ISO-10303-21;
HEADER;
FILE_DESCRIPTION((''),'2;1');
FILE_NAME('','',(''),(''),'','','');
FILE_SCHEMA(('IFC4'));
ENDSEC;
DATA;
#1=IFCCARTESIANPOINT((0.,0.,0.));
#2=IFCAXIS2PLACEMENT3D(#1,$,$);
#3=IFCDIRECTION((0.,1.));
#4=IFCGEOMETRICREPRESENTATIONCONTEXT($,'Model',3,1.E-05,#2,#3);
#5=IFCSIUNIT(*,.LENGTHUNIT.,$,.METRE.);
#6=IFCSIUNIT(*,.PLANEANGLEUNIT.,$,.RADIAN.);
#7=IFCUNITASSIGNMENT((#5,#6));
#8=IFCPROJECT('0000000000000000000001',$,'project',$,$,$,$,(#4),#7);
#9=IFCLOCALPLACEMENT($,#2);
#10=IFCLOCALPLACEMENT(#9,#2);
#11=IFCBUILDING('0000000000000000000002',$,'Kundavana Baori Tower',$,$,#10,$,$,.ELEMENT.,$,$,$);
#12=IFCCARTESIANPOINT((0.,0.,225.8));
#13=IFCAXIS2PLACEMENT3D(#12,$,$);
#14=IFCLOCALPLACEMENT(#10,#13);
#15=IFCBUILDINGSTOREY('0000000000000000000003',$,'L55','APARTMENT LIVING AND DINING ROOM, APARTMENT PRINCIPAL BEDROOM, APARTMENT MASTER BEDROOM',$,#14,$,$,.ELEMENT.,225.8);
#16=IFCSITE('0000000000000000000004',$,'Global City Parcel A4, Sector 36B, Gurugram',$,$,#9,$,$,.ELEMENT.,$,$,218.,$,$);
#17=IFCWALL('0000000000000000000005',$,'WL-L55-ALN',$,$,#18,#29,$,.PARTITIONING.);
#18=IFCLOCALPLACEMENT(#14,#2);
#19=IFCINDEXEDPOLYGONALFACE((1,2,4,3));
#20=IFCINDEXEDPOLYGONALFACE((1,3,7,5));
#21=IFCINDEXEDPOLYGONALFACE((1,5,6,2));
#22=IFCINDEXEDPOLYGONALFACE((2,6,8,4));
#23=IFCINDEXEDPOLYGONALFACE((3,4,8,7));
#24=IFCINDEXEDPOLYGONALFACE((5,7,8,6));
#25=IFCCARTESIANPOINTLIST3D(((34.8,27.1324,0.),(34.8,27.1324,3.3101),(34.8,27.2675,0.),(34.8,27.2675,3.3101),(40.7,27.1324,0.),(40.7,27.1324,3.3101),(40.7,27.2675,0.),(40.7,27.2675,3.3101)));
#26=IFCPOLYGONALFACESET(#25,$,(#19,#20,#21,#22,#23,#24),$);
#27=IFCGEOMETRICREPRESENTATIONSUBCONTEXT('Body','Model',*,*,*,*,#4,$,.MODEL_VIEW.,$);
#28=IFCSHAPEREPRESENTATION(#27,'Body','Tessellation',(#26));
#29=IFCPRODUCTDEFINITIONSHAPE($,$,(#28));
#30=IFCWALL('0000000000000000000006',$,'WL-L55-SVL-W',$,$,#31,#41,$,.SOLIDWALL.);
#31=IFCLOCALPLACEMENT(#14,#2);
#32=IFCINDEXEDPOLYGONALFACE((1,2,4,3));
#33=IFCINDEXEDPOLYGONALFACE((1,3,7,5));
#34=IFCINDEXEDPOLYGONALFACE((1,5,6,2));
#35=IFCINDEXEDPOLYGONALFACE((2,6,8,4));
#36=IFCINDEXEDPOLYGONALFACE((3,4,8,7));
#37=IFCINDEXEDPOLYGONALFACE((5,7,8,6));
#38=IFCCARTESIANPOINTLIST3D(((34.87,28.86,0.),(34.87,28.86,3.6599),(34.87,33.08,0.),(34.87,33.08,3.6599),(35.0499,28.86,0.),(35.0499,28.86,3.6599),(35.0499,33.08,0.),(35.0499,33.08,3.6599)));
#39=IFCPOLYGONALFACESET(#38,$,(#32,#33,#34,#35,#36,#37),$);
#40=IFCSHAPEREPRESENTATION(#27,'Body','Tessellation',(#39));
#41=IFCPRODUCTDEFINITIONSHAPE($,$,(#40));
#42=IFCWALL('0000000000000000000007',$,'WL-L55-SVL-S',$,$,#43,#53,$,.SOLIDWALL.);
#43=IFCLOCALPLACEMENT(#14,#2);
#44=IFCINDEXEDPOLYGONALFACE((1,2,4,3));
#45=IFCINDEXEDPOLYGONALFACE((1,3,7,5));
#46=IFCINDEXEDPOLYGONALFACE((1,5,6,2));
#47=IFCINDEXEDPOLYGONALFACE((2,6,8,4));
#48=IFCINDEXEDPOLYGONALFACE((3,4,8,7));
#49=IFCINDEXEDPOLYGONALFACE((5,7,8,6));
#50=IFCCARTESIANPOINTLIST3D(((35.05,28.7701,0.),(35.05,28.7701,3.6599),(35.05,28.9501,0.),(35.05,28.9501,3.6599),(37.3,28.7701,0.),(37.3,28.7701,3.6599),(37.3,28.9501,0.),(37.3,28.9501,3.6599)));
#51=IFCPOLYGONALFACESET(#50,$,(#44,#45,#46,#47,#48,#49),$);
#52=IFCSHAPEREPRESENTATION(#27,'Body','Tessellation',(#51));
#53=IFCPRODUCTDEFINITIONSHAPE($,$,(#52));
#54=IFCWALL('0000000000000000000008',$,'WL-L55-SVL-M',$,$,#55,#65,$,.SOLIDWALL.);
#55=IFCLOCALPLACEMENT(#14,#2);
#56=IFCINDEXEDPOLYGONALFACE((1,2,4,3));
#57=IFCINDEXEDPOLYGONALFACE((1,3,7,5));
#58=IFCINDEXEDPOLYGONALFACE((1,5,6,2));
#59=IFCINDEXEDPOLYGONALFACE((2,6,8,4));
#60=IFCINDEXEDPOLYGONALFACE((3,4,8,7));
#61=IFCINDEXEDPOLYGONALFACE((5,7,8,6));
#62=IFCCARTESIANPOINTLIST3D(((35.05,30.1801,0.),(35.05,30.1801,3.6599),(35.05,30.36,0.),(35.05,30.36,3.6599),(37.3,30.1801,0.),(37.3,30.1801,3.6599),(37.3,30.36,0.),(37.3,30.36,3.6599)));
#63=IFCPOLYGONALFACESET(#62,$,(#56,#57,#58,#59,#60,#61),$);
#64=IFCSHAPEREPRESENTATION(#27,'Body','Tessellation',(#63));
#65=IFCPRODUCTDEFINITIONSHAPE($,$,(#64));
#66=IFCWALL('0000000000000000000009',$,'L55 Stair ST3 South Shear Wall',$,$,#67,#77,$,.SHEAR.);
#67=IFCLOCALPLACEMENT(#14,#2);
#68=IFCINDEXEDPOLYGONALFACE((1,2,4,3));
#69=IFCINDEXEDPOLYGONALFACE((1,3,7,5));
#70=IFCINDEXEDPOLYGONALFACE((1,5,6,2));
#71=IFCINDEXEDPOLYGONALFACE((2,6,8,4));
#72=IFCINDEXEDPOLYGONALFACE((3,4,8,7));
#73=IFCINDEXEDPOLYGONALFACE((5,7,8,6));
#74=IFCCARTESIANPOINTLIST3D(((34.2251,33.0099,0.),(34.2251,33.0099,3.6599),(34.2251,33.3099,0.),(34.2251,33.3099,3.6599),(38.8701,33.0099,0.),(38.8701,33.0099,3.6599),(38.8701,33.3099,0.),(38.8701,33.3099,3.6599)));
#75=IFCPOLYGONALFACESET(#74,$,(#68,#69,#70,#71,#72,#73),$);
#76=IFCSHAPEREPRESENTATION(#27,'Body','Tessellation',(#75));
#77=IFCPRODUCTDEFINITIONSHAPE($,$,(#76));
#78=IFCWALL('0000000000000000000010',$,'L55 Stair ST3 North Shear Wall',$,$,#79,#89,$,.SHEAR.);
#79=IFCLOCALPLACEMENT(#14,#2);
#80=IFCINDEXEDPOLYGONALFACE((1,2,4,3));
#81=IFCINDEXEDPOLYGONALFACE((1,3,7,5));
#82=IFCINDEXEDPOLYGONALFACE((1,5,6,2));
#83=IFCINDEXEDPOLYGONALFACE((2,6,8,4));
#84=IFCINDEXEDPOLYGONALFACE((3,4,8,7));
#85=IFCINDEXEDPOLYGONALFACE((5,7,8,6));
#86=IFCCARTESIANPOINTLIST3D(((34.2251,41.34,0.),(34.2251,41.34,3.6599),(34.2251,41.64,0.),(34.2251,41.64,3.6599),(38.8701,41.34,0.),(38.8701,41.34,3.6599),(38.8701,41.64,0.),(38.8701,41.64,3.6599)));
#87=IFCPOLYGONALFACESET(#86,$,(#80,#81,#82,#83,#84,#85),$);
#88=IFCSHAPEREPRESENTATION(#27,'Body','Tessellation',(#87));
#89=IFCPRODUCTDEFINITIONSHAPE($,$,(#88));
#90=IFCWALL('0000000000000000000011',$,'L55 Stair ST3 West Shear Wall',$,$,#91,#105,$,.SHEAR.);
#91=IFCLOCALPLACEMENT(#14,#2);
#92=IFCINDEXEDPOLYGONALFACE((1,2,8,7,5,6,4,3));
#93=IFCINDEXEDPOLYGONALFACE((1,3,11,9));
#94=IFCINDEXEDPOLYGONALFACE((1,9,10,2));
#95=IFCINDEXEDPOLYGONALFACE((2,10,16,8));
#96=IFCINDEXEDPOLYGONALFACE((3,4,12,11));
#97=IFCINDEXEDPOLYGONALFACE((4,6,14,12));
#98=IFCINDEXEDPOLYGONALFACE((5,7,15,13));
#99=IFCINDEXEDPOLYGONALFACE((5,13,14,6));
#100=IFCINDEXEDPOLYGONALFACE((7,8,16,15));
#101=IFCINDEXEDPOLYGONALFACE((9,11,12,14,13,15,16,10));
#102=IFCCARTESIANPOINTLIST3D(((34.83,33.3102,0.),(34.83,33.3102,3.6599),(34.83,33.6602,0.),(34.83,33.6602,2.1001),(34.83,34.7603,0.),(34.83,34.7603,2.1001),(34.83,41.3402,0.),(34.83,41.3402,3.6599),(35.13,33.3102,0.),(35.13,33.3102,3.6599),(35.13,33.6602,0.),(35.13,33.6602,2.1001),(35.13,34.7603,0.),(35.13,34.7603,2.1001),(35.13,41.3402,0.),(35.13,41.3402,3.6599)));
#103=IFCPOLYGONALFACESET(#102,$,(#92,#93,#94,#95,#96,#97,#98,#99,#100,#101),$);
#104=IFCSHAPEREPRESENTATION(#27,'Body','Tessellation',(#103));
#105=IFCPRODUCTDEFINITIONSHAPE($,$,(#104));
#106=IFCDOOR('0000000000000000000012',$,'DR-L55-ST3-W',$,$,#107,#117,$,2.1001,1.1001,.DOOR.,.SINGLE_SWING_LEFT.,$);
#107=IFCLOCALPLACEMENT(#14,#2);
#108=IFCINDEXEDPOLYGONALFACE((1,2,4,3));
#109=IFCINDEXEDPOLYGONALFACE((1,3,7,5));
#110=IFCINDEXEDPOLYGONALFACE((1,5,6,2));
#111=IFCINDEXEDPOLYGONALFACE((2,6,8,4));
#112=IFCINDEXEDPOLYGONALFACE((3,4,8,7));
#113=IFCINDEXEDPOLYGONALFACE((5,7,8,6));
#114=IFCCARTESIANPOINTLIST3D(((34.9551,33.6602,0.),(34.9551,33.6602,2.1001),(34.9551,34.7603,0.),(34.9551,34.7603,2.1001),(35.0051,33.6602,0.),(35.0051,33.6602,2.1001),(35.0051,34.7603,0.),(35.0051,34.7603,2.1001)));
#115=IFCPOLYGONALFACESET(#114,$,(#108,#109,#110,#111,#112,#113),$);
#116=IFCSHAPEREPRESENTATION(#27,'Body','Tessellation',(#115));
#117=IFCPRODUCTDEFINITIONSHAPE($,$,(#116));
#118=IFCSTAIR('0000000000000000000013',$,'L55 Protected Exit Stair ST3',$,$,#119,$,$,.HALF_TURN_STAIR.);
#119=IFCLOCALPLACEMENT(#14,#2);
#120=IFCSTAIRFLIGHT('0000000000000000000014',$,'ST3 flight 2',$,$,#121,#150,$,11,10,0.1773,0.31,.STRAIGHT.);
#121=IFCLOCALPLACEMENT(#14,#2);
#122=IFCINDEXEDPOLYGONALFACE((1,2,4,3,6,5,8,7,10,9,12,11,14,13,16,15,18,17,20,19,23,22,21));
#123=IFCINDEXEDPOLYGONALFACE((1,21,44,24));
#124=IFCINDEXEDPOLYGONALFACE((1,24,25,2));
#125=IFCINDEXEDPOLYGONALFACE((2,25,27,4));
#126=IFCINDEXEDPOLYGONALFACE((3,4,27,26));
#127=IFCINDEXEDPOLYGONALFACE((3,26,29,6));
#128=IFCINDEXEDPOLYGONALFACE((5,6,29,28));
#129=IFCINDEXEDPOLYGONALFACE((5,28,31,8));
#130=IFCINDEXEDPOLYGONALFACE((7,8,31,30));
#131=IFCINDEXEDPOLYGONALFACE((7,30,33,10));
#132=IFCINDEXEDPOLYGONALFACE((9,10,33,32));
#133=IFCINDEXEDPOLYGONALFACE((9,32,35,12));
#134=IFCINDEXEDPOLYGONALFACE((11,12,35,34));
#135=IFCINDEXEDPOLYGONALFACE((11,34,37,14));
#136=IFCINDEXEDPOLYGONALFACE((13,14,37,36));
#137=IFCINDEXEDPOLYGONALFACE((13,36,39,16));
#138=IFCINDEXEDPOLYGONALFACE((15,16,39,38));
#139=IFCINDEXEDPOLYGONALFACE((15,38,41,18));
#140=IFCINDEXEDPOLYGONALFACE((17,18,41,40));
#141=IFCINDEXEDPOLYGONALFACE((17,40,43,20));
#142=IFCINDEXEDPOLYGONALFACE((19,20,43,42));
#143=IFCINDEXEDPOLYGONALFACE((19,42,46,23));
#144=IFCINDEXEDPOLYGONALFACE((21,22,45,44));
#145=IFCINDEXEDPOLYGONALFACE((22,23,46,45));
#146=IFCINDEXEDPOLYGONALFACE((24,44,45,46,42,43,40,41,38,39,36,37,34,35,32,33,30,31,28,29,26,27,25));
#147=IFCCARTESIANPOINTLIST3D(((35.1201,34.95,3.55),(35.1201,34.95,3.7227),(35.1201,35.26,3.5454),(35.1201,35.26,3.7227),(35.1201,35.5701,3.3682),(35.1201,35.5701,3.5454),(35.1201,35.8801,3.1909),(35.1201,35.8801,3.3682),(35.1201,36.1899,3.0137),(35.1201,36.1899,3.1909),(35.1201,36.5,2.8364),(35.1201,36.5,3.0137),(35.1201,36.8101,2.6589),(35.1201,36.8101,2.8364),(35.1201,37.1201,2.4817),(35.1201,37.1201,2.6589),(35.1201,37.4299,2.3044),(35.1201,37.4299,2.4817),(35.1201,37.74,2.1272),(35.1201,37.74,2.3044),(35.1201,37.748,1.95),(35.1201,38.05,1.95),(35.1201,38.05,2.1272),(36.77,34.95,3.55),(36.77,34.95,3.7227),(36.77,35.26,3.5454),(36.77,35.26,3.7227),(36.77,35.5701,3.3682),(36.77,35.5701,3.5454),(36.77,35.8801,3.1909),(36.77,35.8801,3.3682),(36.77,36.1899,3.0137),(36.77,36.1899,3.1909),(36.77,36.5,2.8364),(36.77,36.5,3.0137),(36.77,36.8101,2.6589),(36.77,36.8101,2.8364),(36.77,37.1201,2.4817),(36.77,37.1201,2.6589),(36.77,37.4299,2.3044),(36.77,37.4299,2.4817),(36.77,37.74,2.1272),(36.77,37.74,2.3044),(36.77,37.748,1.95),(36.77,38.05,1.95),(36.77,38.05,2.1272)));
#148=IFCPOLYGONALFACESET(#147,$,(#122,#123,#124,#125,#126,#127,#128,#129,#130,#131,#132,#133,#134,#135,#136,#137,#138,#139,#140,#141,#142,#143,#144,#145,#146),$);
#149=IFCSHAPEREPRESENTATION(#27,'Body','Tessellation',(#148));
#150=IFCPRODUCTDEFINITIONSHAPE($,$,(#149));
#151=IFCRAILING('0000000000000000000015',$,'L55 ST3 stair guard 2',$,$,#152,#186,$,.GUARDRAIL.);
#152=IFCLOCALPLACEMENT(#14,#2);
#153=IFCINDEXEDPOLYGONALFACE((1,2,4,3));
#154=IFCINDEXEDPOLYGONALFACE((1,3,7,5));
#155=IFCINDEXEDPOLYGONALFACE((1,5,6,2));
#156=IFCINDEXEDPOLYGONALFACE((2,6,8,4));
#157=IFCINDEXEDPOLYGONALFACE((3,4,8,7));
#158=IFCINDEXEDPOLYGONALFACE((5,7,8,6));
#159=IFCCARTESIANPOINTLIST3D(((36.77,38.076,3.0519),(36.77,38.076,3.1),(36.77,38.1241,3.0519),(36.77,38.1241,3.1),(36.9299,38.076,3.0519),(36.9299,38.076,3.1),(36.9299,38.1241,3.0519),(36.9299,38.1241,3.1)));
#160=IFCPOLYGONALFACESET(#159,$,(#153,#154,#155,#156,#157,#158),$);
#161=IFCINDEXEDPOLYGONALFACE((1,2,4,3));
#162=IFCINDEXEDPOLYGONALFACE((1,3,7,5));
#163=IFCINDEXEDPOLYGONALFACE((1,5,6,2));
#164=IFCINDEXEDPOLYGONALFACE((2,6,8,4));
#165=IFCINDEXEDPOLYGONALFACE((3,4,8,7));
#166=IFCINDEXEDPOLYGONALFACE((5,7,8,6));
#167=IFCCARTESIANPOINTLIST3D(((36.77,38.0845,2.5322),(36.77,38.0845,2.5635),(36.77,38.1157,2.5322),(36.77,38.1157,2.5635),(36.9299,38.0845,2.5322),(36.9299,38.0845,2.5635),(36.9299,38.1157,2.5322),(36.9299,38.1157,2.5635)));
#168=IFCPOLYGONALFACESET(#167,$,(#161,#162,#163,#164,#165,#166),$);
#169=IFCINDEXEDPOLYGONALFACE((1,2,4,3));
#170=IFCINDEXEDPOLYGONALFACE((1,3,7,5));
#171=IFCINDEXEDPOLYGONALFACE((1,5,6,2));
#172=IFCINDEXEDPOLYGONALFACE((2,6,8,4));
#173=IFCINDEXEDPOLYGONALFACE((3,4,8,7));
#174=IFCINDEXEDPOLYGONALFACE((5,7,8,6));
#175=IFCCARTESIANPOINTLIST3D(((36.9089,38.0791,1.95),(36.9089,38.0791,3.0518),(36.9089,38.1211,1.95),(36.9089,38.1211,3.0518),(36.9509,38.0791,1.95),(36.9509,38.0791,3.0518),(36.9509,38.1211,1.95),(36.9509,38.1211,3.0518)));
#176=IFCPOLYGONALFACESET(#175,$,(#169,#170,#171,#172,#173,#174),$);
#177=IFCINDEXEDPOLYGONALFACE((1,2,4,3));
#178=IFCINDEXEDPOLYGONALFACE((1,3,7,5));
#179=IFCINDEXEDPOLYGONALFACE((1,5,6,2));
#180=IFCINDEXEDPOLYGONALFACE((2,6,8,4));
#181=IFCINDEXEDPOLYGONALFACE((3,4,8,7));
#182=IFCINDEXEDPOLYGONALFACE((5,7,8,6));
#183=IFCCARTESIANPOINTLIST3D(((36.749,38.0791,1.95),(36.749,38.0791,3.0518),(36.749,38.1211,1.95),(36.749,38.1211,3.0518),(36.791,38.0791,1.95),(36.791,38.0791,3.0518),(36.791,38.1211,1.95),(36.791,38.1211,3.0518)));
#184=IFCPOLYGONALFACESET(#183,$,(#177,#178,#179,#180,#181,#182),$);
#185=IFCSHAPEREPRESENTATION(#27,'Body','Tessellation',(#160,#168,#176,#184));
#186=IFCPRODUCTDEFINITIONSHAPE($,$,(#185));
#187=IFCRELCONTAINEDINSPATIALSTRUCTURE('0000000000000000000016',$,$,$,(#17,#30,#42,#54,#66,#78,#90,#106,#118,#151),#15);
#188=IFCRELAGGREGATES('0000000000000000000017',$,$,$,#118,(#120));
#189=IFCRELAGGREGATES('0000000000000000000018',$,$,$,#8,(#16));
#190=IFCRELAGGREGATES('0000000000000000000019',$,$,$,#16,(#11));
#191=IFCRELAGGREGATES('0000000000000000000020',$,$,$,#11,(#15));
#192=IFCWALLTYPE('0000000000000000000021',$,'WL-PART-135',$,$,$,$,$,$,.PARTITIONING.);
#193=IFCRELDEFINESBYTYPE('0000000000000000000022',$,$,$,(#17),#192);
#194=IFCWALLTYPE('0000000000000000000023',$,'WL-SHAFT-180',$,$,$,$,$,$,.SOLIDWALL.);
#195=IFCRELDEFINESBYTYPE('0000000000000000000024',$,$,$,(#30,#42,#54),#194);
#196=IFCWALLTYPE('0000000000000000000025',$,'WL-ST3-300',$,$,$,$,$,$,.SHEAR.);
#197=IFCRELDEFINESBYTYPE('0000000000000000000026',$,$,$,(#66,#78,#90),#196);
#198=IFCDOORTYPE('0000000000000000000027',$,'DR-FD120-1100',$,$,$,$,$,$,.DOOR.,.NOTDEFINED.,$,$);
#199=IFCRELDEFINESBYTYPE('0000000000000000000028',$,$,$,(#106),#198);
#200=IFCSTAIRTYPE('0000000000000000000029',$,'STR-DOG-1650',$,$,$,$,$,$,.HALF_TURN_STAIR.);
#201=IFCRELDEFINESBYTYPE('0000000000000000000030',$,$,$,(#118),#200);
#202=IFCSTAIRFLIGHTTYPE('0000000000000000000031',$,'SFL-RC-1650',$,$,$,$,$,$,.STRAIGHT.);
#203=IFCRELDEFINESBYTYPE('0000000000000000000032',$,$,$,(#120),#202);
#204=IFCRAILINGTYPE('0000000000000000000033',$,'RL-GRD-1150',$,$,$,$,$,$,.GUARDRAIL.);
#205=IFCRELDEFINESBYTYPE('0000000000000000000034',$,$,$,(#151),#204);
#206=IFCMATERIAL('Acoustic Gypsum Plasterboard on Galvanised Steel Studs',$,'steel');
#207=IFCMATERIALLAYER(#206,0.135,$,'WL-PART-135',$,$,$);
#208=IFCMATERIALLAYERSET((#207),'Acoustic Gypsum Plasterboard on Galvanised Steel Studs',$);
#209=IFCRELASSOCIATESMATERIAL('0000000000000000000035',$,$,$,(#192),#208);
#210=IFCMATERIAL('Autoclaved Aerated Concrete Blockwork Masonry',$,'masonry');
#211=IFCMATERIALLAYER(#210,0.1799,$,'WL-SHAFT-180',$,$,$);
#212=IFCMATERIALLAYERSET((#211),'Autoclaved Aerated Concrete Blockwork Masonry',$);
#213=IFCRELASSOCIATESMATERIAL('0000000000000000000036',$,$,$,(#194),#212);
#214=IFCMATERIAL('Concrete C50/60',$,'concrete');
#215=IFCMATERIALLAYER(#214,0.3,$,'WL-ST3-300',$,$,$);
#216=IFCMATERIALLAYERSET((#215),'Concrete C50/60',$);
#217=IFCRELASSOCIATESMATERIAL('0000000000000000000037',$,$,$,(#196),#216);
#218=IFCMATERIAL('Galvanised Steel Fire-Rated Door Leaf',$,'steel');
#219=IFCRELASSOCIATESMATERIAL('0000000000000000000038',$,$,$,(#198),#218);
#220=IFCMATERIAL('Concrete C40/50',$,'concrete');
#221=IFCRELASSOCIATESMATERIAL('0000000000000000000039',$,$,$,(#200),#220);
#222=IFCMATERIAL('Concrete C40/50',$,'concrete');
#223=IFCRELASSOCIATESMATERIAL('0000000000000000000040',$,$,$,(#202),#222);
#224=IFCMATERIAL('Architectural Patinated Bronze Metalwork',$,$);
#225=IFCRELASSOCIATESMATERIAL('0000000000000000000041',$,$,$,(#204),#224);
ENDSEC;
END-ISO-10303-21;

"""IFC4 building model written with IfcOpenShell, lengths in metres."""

from ifc_helpers import new_model, si_unit, direction, frame, frame_2d, origin, origin_2d, place, context, subcontext, project, spatial, polyline, rectangle, outline, extrude, material, layer, layer_set, type_object, element, fill, aggregate, save


model = new_model("IFC4")

# Units and contexts
model_context = context("Model", 3, precision=1e-05, world=origin(), true_north=direction((0.0, 1.0)))
body_context = subcontext(model_context, "Body", "Model", "MODEL_VIEW")
ifc_project = project(units=[si_unit("LENGTHUNIT", "METRE"), si_unit("PLANEANGLEUNIT", "RADIAN")], contexts=[model_context])

# Site, building, storey
site_placement = place(None, origin())
site = spatial("IfcSite", under=ifc_project, at=site_placement, Name="Global City Parcel A4, Sector 36B, Gurugram", CompositionType="ELEMENT", RefElevation=218.0)
building_placement = place(site_placement, origin())
building = spatial("IfcBuilding", under=site, at=building_placement, Name="Kundavana Baori Tower", CompositionType="ELEMENT")
storey_placement = place(building_placement, frame((0.0, 0.0, 225.8)))
storey = spatial("IfcBuildingStorey", under=building, at=storey_placement, Name="L55", Description="APARTMENT LIVING AND DINING ROOM, APARTMENT PRINCIPAL BEDROOM, APARTMENT MASTER BEDROOM", CompositionType="ELEMENT", Elevation=225.8)

# Shared definitions
ifc_material_1 = material(Name="Acoustic Gypsum Plasterboard on Galvanised Steel Studs", Category="steel")
ifc_layer_1 = layer(ifc_material_1, 0.135, Name="WL-PART-135")
ifc_layer_set_1 = layer_set([ifc_layer_1], Name="Acoustic Gypsum Plasterboard on Galvanised Steel Studs")
wall_type_1 = type_object("IfcWallType", Name="WL-PART-135", PredefinedType="PARTITIONING", material=ifc_layer_set_1)

# Walls
wall_1_placement = place(storey_placement, frame((34.8, 27.2, 0.0), z_axis=(0.0, 0.0, 1.0), x_axis=(1.0, 0.0, 0.0)))
element("IfcWall", 1, at=wall_1_placement, inside=storey, type_object=wall_type_1, Name="WL-L55-ALN", PredefinedType="PARTITIONING", context=body_context, shape_type="SweptSolid", body=[
    extrude(rectangle(XDim=5.8999, YDim=0.135, at=frame_2d((2.95, 0.0))), origin(), (0.0, 0.0, 1.0), 3.3101),
])
ifc_material_2 = material(Name="Autoclaved Aerated Concrete Blockwork Masonry", Category="masonry")
ifc_layer_2 = layer(ifc_material_2, 0.1799, Name="WL-SHAFT-180")
ifc_layer_set_2 = layer_set([ifc_layer_2], Name="Autoclaved Aerated Concrete Blockwork Masonry")
wall_type_2 = type_object("IfcWallType", Name="WL-SHAFT-180", PredefinedType="SOLIDWALL", material=ifc_layer_set_2)
wall_2_placement = place(storey_placement, frame((34.96, 28.8601, 0.0), z_axis=(0.0, 0.0, 1.0), x_axis=(0.0, 1.0, 0.0)))
element("IfcWall", 2, at=wall_2_placement, inside=storey, type_object=wall_type_2, Name="WL-L55-SVL-W", PredefinedType="SOLIDWALL", context=body_context, shape_type="SweptSolid", body=[
    extrude(rectangle(XDim=4.22, YDim=0.1799, at=frame_2d((2.1099, 0.0))), origin(), (0.0, 0.0, 1.0), 3.6599),
])
for number, where, z_axis, x_axis, name in (
    (3, (35.05, 28.8601, 0.0), (0.0, 0.0, 1.0), (1.0, 0.0, 0.0), "WL-L55-SVL-S"),
    (4, (35.05, 30.27, 0.0), (0.0, 0.0, 1.0), (1.0, 0.0, 0.0), "WL-L55-SVL-M"),
):
    element("IfcWall", number, at=place(storey_placement, frame(where, z_axis=z_axis, x_axis=x_axis)), inside=storey, type_object=wall_type_2, Name=name, PredefinedType="SOLIDWALL", context=body_context, shape_type="SweptSolid", body=[
        extrude(rectangle(XDim=2.25, YDim=0.1799, at=frame_2d((1.125, 0.0))), origin(), (0.0, 0.0, 1.0), 3.6599),
    ])
ifc_material_3 = material(Name="Concrete C50/60", Category="concrete")
ifc_layer_3 = layer(ifc_material_3, 0.3, Name="WL-ST3-300")
ifc_layer_set_3 = layer_set([ifc_layer_3], Name="Concrete C50/60")
wall_type_3 = type_object("IfcWallType", Name="WL-ST3-300", PredefinedType="SHEAR", material=ifc_layer_set_3)
for number, where, z_axis, x_axis, name in (
    (5, (34.2251, 33.1599, 0.0), (0.0, 0.0, 1.0), (1.0, 0.0, 0.0), "L55 Stair ST3 South Shear Wall"),
    (6, (34.2251, 41.49, 0.0), (0.0, 0.0, 1.0), (1.0, 0.0, 0.0), "L55 Stair ST3 North Shear Wall"),
):
    element("IfcWall", number, at=place(storey_placement, frame(where, z_axis=z_axis, x_axis=x_axis)), inside=storey, type_object=wall_type_3, Name=name, PredefinedType="SHEAR", context=body_context, shape_type="SweptSolid", body=[
        extrude(rectangle(XDim=4.645, YDim=0.3, at=frame_2d((2.3225, 0.0))), origin(), (0.0, 0.0, 1.0), 3.6599),
    ])

# Wall, opening, door
wall_3_placement = place(storey_placement, frame((34.98, 33.3101, 0.0), z_axis=(0.0, 0.0, 1.0), x_axis=(0.0, 1.0, 0.0)))
wall_3 = element("IfcWall", 7, at=wall_3_placement, inside=storey, type_object=wall_type_3, Name="L55 Stair ST3 West Shear Wall", PredefinedType="SHEAR", context=body_context, shape_type="SweptSolid", body=[
    extrude(rectangle(XDim=8.03, YDim=0.3, at=frame_2d((4.0151, 0.0))), origin(), (0.0, 0.0, 1.0), 3.6599),
])
opening_1_placement = place(wall_3_placement, frame((0.3501, 0.0, 0.0)))
opening_1 = element("IfcOpeningElement", 8, at=opening_1_placement, cuts=wall_3, PredefinedType="OPENING", context=body_context, shape_type="SweptSolid", body=[
    extrude(rectangle(XDim=1.1001, YDim=2.1001, at=frame_2d((0.55, 1.05))), frame((0.0, 0.1602, 0.0), z_axis=(0.0, -1.0, 0.0), x_axis=(1.0, 0.0, 0.0)), (0.0, 0.0, 1.0), 0.3201),
])
ifc_material_4 = material(Name="Galvanised Steel Fire-Rated Door Leaf", Category="steel")
door_type_1 = type_object("IfcDoorType", Name="DR-FD120-1100", OperationType="NOTDEFINED", PredefinedType="DOOR", material=ifc_material_4)
door_1_placement = place(opening_1_placement, origin())
door_1 = element("IfcDoor", 9, at=door_1_placement, inside=storey, type_object=door_type_1, Name="DR-L55-ST3-W", OperationType="SINGLE_SWING_LEFT", OverallHeight=2.1001, OverallWidth=1.1001, PredefinedType="DOOR", context=body_context, shape_type="SweptSolid", body=[
    extrude(rectangle(XDim=1.1001, YDim=2.1001, at=frame_2d((0.55, 1.05))), frame((0.0, 0.0249, 0.0), z_axis=(0.0, -1.0, 0.0), x_axis=(1.0, 0.0, 0.0)), (0.0, 0.0, 1.0), 0.05),
])
fill(opening_1, door_1)

# Stair, stair flight
ifc_material_5 = material(Name="Concrete C40/50", Category="concrete")
stair_type = type_object("IfcStairType", Name="STR-DOG-1650", PredefinedType="HALF_TURN_STAIR", material=ifc_material_5)
stair_placement = place(storey_placement, origin())
stair = element("IfcStair", 10, at=stair_placement, inside=storey, type_object=stair_type, Name="L55 Protected Exit Stair ST3", PredefinedType="HALF_TURN_STAIR")
ifc_material_6 = material(Name="Concrete C40/50", Category="concrete")
stair_flight_type = type_object("IfcStairFlightType", Name="SFL-RC-1650", PredefinedType="STRAIGHT", material=ifc_material_6)
stair_flight_placement = place(storey_placement, frame((35.9451, 38.05, 1.95), z_axis=(0.0, 0.0, 1.0), x_axis=(0.0, -1.0, 0.0)))
stair_flight = element("IfcStairFlight", 11, at=stair_flight_placement, type_object=stair_flight_type, Name="ST3 flight 2", NumberOfRisers=11, NumberOfTreads=10, PredefinedType="STRAIGHT", RiserHeight=0.1773, TreadLength=0.31, context=body_context, shape_type="SweptSolid", body=[
    extrude(outline(polyline([(0.0, 0.0), (0.0, 0.1772), (0.3101, 0.1772), (0.3101, 0.3545), (0.6201, 0.3545), (0.6201, 0.5317), (0.9299, 0.5317), (0.9299, 0.709), (1.24, 0.709), (1.24, 0.8865), (1.55, 0.8865), (1.55, 1.0637), (1.8601, 1.0637), (1.8601, 1.241), (2.1699, 1.241), (2.1699, 1.4182), (2.48, 1.4182), (2.48, 1.5955), (2.79, 1.5955), (2.79, 1.7727), (3.1001, 1.7727), (3.1001, 1.95), (3.1001, 1.6001), (0.302, 0.0), (0.0, 0.0)])), frame((0.0, 0.825, 0.0), z_axis=(0.0, -1.0, 0.0), x_axis=(1.0, 0.0, 0.0)), (0.0, 0.0, 1.0), 1.6499),
])
aggregate(stair, [stair_flight])

# Railing
ifc_material_7 = material(Name="Architectural Patinated Bronze Metalwork")
railing_type_1 = type_object("IfcRailingType", Name="RL-GRD-1150", PredefinedType="GUARDRAIL", material=ifc_material_7)
railing_1_placement = place(storey_placement, frame((36.9299, 38.1001, 1.95)))
element("IfcRailing", 12, at=railing_1_placement, inside=storey, type_object=railing_type_1, Name="L55 ST3 stair guard 2", PredefinedType="GUARDRAIL", context=body_context, shape_type="SweptSolid", body=[
    extrude(rectangle(XDim=0.0481, YDim=0.0481, at=origin_2d()), frame((0.0, 0.0, 1.126), z_axis=(-1.0, 0.0, 0.0), x_axis=(0.0, -1.0, 0.0)), (0.0, 0.0, 1.0), 0.1599),
    extrude(rectangle(XDim=0.0312, YDim=0.0312, at=origin_2d()), frame((0.0, 0.0, 0.5979), z_axis=(-1.0, 0.0, 0.0), x_axis=(0.0, -1.0, 0.0)), (0.0, 0.0, 1.0), 0.1599),
    extrude(rectangle(XDim=0.042, YDim=0.042, at=origin_2d()), origin(), (0.0, 0.0, 1.0), 1.1018),
    extrude(rectangle(XDim=0.042, YDim=0.042, at=origin_2d()), frame((-0.1599, 0.0, 0.0)), (0.0, 0.0, 1.0), 1.1018),
])

save(model, "model.ifc")
